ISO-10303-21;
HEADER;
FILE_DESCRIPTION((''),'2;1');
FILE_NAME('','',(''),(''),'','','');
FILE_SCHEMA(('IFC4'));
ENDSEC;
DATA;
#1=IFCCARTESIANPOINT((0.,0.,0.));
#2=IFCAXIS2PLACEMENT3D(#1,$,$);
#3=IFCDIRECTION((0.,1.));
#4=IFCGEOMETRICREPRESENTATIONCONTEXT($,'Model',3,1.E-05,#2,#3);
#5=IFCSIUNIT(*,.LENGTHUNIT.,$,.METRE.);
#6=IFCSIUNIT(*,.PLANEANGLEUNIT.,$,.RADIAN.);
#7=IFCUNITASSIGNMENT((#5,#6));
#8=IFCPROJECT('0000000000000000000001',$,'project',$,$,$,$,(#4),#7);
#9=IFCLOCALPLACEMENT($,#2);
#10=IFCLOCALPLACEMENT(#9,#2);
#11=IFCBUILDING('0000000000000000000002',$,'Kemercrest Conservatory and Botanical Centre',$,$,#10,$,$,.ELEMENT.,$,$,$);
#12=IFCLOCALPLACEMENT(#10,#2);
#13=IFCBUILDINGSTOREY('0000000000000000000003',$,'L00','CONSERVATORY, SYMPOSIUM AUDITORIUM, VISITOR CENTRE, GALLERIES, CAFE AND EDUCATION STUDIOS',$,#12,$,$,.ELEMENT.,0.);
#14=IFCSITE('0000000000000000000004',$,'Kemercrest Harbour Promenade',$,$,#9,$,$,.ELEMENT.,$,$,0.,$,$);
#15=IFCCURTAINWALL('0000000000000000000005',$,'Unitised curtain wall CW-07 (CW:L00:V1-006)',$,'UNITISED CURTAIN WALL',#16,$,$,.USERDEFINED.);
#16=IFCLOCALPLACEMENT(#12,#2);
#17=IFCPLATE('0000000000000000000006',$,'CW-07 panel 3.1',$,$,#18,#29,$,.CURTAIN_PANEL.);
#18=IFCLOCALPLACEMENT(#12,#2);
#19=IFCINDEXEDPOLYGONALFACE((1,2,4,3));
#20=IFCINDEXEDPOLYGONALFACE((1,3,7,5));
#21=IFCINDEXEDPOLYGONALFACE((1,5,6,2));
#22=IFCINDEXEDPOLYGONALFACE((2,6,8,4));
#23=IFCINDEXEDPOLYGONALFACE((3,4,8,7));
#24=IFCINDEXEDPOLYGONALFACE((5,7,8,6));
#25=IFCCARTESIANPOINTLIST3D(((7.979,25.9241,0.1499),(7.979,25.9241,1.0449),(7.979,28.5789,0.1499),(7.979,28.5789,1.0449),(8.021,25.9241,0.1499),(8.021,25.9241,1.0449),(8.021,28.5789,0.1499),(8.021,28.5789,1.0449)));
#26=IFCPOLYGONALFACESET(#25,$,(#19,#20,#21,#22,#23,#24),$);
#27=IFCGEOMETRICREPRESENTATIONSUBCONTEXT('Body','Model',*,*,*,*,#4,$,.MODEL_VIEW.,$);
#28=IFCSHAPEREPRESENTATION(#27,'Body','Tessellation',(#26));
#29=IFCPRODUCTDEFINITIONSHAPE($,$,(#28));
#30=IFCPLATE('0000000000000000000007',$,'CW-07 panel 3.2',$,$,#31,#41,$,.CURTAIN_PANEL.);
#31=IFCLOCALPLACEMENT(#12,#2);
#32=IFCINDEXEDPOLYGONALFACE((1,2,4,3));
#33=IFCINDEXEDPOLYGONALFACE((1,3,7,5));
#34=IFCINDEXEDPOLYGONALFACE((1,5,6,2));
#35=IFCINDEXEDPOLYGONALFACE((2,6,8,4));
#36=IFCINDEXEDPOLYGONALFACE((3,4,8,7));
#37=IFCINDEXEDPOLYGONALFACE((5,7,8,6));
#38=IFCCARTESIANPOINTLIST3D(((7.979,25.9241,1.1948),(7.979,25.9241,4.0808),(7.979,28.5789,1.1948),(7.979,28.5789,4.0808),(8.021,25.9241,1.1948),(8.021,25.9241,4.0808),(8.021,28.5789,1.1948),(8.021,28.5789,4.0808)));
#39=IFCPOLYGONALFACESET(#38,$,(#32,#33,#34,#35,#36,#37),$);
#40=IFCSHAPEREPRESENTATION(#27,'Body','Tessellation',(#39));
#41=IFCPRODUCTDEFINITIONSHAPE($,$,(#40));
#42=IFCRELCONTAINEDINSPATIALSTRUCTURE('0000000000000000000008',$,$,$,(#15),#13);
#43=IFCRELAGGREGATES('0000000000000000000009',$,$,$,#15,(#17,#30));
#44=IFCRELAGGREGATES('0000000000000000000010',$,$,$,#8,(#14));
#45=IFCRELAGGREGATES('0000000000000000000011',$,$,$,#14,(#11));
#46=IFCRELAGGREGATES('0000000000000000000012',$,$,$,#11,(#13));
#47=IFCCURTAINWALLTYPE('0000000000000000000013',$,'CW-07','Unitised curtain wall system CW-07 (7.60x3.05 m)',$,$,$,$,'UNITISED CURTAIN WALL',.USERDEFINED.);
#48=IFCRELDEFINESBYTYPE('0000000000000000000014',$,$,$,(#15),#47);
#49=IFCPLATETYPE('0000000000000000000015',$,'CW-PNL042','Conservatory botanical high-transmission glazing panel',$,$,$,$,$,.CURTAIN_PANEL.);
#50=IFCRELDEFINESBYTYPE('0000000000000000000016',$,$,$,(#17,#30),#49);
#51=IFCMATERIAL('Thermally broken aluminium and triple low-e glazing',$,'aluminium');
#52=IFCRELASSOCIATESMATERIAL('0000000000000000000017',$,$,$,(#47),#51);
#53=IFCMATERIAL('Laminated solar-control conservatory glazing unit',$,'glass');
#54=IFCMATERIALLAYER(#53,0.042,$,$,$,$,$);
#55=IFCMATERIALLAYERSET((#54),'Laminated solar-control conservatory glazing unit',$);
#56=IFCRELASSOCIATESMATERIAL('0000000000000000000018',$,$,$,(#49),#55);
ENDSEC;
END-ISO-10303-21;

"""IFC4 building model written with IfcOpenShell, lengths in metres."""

from ifc_helpers import new_model, si_unit, direction, frame, origin, origin_2d, place, context, subcontext, project, spatial, rectangle, extrude, material, layer, layer_set, type_object, element, aggregate, save


model = new_model("IFC4")

# Units and contexts
model_context = context("Model", 3, precision=1e-05, world=origin(), true_north=direction((0.0, 1.0)))
body_context = subcontext(model_context, "Body", "Model", "MODEL_VIEW")
ifc_project = project(units=[si_unit("LENGTHUNIT", "METRE"), si_unit("PLANEANGLEUNIT", "RADIAN")], contexts=[model_context])

# Site, building, storey
site_placement = place(None, origin())
site = spatial("IfcSite", under=ifc_project, at=site_placement, Name="Kemercrest Harbour Promenade", CompositionType="ELEMENT", RefElevation=0.0)
building_placement = place(site_placement, origin())
building = spatial("IfcBuilding", under=site, at=building_placement, Name="Kemercrest Conservatory and Botanical Centre", CompositionType="ELEMENT")
storey_placement = place(building_placement, origin())
storey = spatial("IfcBuildingStorey", under=building, at=storey_placement, Name="L00", Description="CONSERVATORY, SYMPOSIUM AUDITORIUM, VISITOR CENTRE, GALLERIES, CAFE AND EDUCATION STUDIOS", CompositionType="ELEMENT", Elevation=0.0)

# Curtain wall
ifc_material_1 = material(Name="Thermally broken aluminium and triple low-e glazing", Category="aluminium")
curtain_wall_type_1 = type_object("IfcCurtainWallType", Name="CW-07", Description="Unitised curtain wall system CW-07 (7.60x3.05 m)", ElementType="UNITISED CURTAIN WALL", PredefinedType="USERDEFINED", material=ifc_material_1)
curtain_wall_1_placement = place(storey_placement, origin())
curtain_wall_1 = element("IfcCurtainWall", 1, at=curtain_wall_1_placement, inside=storey, type_object=curtain_wall_type_1, Name="Unitised curtain wall CW-07 (CW:L00:V1-006)", ObjectType="UNITISED CURTAIN WALL", PredefinedType="USERDEFINED")

# Plates
ifc_material_2 = material(Name="Laminated solar-control conservatory glazing unit", Category="glass")
ifc_layer = layer(ifc_material_2, 0.042)
ifc_layer_set = layer_set([ifc_layer], Name="Laminated solar-control conservatory glazing unit")
plate_type = type_object("IfcPlateType", Name="CW-PNL042", Description="Conservatory botanical high-transmission glazing panel", PredefinedType="CURTAIN_PANEL", material=ifc_layer_set)
plate_1_placement = place(storey_placement, frame((8.0, 27.2515, 0.1499), z_axis=(0.0, 0.0, 1.0), x_axis=(0.0, -1.0, 0.0)))
plate_1 = element("IfcPlate", 2, at=plate_1_placement, type_object=plate_type, Name="CW-07 panel 3.1", PredefinedType="CURTAIN_PANEL", context=body_context, shape_type="SweptSolid", body=[
    extrude(rectangle(XDim=2.6548, YDim=0.042, at=origin_2d()), origin(), (0.0, 0.0, 1.0), 0.895),
])
plate_2_placement = place(storey_placement, frame((8.0, 27.2515, 1.1948), z_axis=(0.0, 0.0, 1.0), x_axis=(0.0, -1.0, 0.0)))
plate_2 = element("IfcPlate", 3, at=plate_2_placement, type_object=plate_type, Name="CW-07 panel 3.2", PredefinedType="CURTAIN_PANEL", context=body_context, shape_type="SweptSolid", body=[
    extrude(rectangle(XDim=2.6548, YDim=0.042, at=origin_2d()), origin(), (0.0, 0.0, 1.0), 2.886),
])
aggregate(curtain_wall_1, [plate_1, plate_2])

save(model, "model.ifc")
